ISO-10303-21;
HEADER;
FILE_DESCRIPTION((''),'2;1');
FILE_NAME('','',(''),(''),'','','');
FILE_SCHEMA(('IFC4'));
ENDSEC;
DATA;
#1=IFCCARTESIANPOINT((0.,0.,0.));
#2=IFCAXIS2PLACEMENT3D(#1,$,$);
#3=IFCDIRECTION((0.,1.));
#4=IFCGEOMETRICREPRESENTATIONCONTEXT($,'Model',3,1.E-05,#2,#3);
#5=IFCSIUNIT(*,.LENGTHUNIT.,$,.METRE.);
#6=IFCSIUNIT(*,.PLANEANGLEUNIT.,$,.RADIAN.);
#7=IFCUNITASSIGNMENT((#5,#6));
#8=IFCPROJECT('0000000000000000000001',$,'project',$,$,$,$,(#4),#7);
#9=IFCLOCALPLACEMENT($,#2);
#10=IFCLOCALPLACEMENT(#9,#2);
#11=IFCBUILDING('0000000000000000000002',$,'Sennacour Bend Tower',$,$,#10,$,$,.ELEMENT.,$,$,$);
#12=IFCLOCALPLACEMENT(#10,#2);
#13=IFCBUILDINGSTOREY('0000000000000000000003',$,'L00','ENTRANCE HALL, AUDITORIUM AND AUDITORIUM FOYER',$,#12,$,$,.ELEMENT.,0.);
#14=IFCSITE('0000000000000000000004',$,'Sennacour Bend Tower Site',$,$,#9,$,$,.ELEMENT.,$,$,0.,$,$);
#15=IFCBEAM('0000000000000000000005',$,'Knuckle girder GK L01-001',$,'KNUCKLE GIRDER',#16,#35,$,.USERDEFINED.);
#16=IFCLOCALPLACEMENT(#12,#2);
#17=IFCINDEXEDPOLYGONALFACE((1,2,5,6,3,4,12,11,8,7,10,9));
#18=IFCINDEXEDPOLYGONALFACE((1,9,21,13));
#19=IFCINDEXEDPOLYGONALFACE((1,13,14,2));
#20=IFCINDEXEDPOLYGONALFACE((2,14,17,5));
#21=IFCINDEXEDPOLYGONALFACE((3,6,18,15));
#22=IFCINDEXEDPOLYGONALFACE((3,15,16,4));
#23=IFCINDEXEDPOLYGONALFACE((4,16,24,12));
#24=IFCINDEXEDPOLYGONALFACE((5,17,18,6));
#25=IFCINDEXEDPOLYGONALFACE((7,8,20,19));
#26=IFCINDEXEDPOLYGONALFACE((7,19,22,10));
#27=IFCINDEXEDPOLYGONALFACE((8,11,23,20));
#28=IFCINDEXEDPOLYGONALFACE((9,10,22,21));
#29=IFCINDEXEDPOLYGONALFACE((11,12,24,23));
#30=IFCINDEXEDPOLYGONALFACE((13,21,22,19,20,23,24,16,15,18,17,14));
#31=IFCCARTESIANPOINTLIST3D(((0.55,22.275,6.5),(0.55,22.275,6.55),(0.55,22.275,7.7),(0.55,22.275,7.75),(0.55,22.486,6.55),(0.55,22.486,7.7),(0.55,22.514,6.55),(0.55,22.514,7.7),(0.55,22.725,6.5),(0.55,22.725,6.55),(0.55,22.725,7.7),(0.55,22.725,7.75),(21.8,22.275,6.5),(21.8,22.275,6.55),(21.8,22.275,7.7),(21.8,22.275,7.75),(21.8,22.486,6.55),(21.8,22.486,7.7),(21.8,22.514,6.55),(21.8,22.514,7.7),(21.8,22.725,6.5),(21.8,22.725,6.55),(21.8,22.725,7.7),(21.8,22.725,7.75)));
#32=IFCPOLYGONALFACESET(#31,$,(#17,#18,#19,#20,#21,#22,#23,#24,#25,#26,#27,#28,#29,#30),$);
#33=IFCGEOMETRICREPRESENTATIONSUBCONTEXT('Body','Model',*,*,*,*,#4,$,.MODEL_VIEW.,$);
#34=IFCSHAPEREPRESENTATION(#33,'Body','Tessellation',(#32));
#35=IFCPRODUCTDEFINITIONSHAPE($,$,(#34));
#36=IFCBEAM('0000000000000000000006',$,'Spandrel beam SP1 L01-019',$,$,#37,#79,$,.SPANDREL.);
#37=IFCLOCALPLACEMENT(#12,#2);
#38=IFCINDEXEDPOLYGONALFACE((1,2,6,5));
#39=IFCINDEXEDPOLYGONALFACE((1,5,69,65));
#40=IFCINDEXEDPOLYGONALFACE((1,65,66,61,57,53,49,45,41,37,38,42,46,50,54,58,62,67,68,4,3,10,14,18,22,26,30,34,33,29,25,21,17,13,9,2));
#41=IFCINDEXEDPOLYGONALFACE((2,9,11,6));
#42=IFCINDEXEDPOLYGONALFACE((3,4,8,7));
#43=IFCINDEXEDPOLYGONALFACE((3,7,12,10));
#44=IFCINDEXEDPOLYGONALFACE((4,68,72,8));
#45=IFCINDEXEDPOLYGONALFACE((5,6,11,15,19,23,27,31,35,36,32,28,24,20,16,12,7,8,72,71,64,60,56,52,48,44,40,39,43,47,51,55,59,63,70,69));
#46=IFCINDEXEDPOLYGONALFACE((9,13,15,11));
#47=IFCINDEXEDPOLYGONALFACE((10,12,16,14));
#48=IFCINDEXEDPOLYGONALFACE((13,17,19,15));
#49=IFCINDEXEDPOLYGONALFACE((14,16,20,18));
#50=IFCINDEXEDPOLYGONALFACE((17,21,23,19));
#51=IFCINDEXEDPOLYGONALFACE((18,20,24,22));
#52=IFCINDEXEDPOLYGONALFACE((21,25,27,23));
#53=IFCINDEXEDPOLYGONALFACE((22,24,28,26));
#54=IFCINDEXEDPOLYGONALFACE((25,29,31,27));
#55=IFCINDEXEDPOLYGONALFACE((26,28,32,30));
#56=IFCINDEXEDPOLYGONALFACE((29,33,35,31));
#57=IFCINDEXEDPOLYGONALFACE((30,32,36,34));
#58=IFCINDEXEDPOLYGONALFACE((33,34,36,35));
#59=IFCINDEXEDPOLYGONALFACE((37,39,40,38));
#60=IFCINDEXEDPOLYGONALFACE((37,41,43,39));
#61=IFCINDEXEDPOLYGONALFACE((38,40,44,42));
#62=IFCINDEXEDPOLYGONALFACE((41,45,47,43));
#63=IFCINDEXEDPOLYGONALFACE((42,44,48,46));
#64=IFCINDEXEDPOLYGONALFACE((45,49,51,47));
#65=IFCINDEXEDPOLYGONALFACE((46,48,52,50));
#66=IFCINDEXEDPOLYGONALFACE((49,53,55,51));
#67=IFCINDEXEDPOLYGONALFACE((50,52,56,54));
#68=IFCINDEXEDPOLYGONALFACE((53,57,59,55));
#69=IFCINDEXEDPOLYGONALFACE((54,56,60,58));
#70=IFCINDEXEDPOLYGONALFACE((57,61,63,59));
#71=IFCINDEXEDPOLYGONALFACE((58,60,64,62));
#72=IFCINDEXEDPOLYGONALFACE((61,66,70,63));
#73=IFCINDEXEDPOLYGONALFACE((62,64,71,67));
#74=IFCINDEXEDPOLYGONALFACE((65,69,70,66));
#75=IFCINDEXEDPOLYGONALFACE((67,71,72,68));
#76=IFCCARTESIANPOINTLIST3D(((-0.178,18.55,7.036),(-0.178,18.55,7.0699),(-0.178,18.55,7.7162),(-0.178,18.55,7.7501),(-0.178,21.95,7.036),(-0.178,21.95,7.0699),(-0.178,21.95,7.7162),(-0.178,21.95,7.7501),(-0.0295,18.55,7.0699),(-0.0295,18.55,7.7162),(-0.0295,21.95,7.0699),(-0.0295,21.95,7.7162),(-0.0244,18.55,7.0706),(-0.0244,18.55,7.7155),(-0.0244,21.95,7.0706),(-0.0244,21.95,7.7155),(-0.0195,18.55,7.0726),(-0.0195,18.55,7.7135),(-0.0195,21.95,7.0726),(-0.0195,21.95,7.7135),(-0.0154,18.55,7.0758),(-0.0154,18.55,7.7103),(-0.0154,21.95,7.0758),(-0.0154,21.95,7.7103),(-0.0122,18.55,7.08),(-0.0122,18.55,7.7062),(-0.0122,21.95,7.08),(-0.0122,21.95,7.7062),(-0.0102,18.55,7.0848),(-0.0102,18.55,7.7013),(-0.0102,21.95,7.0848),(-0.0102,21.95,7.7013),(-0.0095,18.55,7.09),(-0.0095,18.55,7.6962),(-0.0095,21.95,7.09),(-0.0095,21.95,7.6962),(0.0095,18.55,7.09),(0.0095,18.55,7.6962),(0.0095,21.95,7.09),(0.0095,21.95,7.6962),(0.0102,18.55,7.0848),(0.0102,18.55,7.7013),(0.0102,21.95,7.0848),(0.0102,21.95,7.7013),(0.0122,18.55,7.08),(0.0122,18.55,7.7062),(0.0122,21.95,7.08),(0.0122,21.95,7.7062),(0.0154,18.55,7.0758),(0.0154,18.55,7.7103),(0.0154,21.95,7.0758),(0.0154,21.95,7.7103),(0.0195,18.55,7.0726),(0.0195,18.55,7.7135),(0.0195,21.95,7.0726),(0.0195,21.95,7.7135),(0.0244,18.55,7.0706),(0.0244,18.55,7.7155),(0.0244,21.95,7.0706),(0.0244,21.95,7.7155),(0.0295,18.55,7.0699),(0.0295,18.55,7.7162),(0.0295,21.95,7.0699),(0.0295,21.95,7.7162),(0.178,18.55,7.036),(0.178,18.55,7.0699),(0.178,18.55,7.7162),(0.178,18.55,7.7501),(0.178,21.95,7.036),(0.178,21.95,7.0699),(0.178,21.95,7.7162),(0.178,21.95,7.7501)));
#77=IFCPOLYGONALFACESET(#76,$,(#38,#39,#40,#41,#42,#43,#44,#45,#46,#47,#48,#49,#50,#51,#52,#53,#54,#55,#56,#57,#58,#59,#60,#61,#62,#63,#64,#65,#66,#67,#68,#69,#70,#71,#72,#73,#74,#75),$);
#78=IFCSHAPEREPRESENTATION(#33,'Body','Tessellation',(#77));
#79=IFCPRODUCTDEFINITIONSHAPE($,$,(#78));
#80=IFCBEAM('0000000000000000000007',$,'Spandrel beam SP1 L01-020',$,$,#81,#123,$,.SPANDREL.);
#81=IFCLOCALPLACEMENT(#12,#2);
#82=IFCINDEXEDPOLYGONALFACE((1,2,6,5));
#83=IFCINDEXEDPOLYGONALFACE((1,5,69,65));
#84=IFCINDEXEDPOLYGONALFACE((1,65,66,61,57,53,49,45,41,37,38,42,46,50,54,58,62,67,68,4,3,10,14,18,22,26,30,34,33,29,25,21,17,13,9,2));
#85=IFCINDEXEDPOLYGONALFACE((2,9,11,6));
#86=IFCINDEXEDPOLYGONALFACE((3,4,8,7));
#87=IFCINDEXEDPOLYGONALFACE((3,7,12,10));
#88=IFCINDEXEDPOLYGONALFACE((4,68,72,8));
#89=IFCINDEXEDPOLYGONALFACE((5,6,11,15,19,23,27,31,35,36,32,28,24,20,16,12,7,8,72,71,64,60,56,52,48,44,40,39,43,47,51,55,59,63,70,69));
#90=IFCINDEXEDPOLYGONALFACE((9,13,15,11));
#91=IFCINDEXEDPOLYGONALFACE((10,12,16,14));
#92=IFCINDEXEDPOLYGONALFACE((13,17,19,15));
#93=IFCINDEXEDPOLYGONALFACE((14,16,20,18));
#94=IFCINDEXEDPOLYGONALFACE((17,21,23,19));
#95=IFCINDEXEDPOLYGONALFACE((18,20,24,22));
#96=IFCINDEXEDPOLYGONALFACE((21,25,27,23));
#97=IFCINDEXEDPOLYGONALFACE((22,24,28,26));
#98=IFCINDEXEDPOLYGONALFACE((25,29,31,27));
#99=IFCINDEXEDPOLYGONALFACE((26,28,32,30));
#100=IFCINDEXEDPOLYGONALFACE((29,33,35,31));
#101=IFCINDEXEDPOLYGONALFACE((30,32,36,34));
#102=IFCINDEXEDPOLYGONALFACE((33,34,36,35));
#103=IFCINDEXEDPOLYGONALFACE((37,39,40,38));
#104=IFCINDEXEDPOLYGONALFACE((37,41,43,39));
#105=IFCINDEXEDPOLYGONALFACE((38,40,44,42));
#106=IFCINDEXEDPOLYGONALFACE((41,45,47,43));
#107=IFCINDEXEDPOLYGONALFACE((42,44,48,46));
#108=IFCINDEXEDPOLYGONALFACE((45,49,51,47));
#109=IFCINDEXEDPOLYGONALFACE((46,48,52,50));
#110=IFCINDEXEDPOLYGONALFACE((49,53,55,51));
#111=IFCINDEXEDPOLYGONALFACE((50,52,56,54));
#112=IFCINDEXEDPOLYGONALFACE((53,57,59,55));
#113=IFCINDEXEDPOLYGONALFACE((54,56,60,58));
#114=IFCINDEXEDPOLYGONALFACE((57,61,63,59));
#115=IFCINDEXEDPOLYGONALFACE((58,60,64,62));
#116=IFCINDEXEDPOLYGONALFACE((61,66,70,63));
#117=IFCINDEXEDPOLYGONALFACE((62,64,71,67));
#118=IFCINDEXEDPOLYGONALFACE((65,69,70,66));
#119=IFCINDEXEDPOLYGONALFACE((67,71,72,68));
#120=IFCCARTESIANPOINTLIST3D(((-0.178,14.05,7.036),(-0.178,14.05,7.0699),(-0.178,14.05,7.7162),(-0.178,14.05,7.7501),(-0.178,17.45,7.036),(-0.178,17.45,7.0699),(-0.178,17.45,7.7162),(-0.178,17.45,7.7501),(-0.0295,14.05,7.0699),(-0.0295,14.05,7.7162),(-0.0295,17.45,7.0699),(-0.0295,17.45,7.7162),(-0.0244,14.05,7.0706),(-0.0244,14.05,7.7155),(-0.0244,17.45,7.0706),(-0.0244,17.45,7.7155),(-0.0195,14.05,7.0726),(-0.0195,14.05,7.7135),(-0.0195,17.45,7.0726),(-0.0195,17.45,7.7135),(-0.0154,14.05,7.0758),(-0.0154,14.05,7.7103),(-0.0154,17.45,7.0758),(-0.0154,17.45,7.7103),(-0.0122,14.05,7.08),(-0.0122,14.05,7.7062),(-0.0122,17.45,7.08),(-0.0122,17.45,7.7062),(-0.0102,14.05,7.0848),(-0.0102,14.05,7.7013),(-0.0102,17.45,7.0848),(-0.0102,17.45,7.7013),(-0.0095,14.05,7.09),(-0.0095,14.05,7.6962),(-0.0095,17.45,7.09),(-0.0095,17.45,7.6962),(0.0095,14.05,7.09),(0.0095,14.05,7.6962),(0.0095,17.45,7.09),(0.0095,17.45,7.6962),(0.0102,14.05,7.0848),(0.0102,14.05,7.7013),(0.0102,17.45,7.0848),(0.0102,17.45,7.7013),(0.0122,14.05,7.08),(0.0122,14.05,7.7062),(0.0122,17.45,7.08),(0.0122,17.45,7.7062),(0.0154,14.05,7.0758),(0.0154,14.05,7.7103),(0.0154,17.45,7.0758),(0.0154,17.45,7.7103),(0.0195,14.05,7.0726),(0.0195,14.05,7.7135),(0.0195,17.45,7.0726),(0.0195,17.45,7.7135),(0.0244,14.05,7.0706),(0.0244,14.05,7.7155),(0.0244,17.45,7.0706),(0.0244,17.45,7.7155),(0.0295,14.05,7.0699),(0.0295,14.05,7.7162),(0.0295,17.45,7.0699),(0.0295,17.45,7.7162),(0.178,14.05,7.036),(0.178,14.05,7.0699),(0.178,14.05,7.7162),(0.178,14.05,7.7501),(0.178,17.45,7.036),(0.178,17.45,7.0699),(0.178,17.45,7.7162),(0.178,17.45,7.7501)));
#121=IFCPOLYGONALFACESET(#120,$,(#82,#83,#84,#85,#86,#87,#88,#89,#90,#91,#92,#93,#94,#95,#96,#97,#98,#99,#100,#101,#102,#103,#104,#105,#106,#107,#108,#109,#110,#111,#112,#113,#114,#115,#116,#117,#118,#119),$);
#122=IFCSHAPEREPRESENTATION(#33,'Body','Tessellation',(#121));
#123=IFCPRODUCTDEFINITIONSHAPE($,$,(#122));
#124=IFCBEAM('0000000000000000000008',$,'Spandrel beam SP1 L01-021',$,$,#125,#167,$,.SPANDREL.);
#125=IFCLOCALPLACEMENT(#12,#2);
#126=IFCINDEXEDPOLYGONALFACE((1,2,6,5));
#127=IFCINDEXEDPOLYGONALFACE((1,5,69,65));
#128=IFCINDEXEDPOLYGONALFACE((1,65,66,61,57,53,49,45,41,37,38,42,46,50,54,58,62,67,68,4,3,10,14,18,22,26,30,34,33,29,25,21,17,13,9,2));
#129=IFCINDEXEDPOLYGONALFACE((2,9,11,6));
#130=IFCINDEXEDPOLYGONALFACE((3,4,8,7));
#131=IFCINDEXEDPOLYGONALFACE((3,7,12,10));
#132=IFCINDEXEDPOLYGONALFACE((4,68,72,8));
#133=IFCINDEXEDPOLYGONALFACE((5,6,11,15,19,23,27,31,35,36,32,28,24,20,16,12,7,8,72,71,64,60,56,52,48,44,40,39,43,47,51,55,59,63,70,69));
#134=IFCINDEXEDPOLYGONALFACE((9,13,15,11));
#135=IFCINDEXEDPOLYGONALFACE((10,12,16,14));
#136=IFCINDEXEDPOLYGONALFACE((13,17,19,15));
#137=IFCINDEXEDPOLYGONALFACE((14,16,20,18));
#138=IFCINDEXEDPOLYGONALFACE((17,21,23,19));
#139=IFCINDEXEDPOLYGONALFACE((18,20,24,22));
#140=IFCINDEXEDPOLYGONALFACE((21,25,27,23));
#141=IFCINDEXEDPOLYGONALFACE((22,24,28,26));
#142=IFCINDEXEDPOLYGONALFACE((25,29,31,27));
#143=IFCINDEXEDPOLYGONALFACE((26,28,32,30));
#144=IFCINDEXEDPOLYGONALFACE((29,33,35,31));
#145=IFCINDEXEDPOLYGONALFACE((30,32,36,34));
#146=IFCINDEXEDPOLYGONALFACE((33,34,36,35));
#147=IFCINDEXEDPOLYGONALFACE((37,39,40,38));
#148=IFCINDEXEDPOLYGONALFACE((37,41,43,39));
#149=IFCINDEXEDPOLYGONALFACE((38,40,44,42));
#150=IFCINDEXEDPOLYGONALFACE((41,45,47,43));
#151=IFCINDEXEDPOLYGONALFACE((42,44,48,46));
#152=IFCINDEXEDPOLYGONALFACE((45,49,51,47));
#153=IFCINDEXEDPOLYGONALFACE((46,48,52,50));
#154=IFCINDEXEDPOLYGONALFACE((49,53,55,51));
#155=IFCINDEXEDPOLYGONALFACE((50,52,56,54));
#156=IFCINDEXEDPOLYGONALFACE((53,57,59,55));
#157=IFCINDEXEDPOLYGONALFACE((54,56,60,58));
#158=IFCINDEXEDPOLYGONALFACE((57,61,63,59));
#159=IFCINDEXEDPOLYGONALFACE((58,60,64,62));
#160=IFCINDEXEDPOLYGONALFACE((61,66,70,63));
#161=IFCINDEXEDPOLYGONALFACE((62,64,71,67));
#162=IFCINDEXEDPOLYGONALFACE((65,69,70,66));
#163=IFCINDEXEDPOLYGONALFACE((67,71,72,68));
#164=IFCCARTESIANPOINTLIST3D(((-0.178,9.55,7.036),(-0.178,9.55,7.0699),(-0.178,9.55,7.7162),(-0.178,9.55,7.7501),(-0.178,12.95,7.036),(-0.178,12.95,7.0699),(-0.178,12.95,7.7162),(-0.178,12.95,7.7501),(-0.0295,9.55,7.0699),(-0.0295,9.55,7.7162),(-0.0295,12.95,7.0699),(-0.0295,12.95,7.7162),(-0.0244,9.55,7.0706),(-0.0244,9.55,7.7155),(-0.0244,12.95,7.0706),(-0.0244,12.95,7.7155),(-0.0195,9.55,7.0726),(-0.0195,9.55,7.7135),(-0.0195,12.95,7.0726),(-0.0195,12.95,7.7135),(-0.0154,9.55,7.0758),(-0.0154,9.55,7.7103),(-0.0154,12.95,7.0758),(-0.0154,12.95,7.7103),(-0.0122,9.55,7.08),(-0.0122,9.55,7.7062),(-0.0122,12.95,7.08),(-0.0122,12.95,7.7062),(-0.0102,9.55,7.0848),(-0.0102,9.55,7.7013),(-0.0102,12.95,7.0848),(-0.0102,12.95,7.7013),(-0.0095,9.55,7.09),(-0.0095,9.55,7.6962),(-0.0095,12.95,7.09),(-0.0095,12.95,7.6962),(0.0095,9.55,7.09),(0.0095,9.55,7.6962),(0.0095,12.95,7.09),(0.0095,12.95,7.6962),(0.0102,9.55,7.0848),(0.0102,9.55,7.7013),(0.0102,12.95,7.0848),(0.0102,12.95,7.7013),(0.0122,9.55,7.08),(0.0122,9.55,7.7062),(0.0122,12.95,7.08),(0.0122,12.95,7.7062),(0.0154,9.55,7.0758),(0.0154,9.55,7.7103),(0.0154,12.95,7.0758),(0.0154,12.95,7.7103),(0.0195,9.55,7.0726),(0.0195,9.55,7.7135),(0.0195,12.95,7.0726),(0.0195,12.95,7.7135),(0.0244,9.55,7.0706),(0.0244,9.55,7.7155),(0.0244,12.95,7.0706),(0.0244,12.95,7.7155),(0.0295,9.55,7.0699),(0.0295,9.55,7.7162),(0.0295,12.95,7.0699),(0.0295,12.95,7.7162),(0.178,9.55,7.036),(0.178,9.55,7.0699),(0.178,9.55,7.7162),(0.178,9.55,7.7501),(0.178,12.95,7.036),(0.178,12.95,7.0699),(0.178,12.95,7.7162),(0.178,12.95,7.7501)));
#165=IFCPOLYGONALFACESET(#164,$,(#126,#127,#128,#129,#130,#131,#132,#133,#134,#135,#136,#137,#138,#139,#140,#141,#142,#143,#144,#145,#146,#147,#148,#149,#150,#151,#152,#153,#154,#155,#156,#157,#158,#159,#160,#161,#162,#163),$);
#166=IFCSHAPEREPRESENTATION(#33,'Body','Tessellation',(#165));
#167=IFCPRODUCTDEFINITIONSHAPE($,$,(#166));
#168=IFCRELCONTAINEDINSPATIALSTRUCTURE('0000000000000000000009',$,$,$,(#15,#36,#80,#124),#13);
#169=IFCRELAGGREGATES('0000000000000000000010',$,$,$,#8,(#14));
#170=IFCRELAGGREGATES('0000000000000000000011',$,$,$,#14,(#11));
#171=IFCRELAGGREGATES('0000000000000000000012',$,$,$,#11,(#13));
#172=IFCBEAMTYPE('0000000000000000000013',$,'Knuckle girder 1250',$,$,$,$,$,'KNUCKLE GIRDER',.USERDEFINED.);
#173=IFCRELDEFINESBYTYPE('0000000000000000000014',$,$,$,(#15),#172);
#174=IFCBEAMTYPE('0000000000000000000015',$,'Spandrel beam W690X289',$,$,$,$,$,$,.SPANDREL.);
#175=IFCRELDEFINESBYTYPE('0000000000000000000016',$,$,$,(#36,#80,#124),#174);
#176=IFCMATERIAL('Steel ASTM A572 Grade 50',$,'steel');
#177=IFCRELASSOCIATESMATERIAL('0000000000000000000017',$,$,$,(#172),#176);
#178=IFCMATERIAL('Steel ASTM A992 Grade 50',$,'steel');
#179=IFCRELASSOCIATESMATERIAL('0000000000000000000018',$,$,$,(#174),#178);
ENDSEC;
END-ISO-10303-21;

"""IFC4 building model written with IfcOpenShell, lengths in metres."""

from ifc_helpers import new_model, si_unit, direction, frame, origin, origin_2d, place, context, subcontext, project, spatial, i_section, extrude, material, material_profile, profile_set, type_object, element, save


model = new_model("IFC4")

# Units and contexts
model_context = context("Model", 3, precision=1e-05, world=origin(), true_north=direction((0.0, 1.0)))
body_context = subcontext(model_context, "Body", "Model", "MODEL_VIEW")
ifc_project = project(units=[si_unit("LENGTHUNIT", "METRE"), si_unit("PLANEANGLEUNIT", "RADIAN")], contexts=[model_context])

# Site, building, storey
site_placement = place(None, origin())
site = spatial("IfcSite", under=ifc_project, at=site_placement, Name="Sennacour Bend Tower Site", CompositionType="ELEMENT", RefElevation=0.0)
building_placement = place(site_placement, origin())
building = spatial("IfcBuilding", under=site, at=building_placement, Name="Sennacour Bend Tower", CompositionType="ELEMENT")
storey_placement = place(building_placement, origin())
storey = spatial("IfcBuildingStorey", under=building, at=storey_placement, Name="L00", Description="ENTRANCE HALL, AUDITORIUM AND AUDITORIUM FOYER", CompositionType="ELEMENT", Elevation=0.0)

# Shared definitions
ifc_material_1 = material(Name="Steel ASTM A572 Grade 50", Category="steel")

# Beams
ifc_material_profile_1 = material_profile(ifc_material_1, i_section(OverallWidth=0.45, OverallDepth=1.25, WebThickness=0.0281, FlangeThickness=0.05, at=origin_2d()), Name="Steel ASTM A572 Grade 50", Category="steel")
ifc_profile_set_1 = profile_set([ifc_material_profile_1], Name="Steel ASTM A572 Grade 50")
beam_type_1 = type_object("IfcBeamType", Name="Knuckle girder 1250", ElementType="KNUCKLE GIRDER", PredefinedType="USERDEFINED", material=ifc_profile_set_1)
beam_placement = place(storey_placement, frame((0.55, 22.5, 7.125), z_axis=(1.0, 0.0, 0.0), x_axis=(0.0, 1.0, 0.0)))
element("IfcBeam", 1, at=beam_placement, inside=storey, type_object=beam_type_1, Name="Knuckle girder GK L01-001", ObjectType="KNUCKLE GIRDER", PredefinedType="USERDEFINED", context=body_context, shape_type="SweptSolid", body=[
    extrude(i_section(OverallWidth=0.45, OverallDepth=1.25, WebThickness=0.0281, FlangeThickness=0.05, at=origin_2d()), origin(), (0.0, 0.0, 1.0), 21.25),
])
ifc_material_2 = material(Name="Steel ASTM A992 Grade 50", Category="steel")
ifc_material_profile_2 = material_profile(ifc_material_2, i_section(OverallWidth=0.356, OverallDepth=0.7141, WebThickness=0.019, FlangeThickness=0.0339, FilletRadius=0.02, at=origin_2d()), Name="Steel ASTM A992 Grade 50", Category="steel")
ifc_profile_set_2 = profile_set([ifc_material_profile_2], Name="Steel ASTM A992 Grade 50")
beam_type_2 = type_object("IfcBeamType", Name="Spandrel beam W690X289", PredefinedType="SPANDREL", material=ifc_profile_set_2)
for number, where, z_axis, x_axis, name in (
    (2, (0.0, 21.95, 7.3931), (0.0, -1.0, 0.0), (1.0, 0.0, 0.0), "Spandrel beam SP1 L01-019"),
    (3, (0.0, 17.45, 7.3931), (0.0, -1.0, 0.0), (1.0, 0.0, 0.0), "Spandrel beam SP1 L01-020"),
    (4, (0.0, 12.95, 7.3931), (0.0, -1.0, 0.0), (1.0, 0.0, 0.0), "Spandrel beam SP1 L01-021"),
):
    element("IfcBeam", number, at=place(storey_placement, frame(where, z_axis=z_axis, x_axis=x_axis)), inside=storey, type_object=beam_type_2, Name=name, PredefinedType="SPANDREL", context=body_context, shape_type="SweptSolid", body=[
        extrude(i_section(OverallWidth=0.356, OverallDepth=0.7141, WebThickness=0.019, FlangeThickness=0.0339, FilletRadius=0.02, at=origin_2d()), origin(), (0.0, 0.0, 1.0), 3.3999),
    ])

save(model, "model.ifc")
